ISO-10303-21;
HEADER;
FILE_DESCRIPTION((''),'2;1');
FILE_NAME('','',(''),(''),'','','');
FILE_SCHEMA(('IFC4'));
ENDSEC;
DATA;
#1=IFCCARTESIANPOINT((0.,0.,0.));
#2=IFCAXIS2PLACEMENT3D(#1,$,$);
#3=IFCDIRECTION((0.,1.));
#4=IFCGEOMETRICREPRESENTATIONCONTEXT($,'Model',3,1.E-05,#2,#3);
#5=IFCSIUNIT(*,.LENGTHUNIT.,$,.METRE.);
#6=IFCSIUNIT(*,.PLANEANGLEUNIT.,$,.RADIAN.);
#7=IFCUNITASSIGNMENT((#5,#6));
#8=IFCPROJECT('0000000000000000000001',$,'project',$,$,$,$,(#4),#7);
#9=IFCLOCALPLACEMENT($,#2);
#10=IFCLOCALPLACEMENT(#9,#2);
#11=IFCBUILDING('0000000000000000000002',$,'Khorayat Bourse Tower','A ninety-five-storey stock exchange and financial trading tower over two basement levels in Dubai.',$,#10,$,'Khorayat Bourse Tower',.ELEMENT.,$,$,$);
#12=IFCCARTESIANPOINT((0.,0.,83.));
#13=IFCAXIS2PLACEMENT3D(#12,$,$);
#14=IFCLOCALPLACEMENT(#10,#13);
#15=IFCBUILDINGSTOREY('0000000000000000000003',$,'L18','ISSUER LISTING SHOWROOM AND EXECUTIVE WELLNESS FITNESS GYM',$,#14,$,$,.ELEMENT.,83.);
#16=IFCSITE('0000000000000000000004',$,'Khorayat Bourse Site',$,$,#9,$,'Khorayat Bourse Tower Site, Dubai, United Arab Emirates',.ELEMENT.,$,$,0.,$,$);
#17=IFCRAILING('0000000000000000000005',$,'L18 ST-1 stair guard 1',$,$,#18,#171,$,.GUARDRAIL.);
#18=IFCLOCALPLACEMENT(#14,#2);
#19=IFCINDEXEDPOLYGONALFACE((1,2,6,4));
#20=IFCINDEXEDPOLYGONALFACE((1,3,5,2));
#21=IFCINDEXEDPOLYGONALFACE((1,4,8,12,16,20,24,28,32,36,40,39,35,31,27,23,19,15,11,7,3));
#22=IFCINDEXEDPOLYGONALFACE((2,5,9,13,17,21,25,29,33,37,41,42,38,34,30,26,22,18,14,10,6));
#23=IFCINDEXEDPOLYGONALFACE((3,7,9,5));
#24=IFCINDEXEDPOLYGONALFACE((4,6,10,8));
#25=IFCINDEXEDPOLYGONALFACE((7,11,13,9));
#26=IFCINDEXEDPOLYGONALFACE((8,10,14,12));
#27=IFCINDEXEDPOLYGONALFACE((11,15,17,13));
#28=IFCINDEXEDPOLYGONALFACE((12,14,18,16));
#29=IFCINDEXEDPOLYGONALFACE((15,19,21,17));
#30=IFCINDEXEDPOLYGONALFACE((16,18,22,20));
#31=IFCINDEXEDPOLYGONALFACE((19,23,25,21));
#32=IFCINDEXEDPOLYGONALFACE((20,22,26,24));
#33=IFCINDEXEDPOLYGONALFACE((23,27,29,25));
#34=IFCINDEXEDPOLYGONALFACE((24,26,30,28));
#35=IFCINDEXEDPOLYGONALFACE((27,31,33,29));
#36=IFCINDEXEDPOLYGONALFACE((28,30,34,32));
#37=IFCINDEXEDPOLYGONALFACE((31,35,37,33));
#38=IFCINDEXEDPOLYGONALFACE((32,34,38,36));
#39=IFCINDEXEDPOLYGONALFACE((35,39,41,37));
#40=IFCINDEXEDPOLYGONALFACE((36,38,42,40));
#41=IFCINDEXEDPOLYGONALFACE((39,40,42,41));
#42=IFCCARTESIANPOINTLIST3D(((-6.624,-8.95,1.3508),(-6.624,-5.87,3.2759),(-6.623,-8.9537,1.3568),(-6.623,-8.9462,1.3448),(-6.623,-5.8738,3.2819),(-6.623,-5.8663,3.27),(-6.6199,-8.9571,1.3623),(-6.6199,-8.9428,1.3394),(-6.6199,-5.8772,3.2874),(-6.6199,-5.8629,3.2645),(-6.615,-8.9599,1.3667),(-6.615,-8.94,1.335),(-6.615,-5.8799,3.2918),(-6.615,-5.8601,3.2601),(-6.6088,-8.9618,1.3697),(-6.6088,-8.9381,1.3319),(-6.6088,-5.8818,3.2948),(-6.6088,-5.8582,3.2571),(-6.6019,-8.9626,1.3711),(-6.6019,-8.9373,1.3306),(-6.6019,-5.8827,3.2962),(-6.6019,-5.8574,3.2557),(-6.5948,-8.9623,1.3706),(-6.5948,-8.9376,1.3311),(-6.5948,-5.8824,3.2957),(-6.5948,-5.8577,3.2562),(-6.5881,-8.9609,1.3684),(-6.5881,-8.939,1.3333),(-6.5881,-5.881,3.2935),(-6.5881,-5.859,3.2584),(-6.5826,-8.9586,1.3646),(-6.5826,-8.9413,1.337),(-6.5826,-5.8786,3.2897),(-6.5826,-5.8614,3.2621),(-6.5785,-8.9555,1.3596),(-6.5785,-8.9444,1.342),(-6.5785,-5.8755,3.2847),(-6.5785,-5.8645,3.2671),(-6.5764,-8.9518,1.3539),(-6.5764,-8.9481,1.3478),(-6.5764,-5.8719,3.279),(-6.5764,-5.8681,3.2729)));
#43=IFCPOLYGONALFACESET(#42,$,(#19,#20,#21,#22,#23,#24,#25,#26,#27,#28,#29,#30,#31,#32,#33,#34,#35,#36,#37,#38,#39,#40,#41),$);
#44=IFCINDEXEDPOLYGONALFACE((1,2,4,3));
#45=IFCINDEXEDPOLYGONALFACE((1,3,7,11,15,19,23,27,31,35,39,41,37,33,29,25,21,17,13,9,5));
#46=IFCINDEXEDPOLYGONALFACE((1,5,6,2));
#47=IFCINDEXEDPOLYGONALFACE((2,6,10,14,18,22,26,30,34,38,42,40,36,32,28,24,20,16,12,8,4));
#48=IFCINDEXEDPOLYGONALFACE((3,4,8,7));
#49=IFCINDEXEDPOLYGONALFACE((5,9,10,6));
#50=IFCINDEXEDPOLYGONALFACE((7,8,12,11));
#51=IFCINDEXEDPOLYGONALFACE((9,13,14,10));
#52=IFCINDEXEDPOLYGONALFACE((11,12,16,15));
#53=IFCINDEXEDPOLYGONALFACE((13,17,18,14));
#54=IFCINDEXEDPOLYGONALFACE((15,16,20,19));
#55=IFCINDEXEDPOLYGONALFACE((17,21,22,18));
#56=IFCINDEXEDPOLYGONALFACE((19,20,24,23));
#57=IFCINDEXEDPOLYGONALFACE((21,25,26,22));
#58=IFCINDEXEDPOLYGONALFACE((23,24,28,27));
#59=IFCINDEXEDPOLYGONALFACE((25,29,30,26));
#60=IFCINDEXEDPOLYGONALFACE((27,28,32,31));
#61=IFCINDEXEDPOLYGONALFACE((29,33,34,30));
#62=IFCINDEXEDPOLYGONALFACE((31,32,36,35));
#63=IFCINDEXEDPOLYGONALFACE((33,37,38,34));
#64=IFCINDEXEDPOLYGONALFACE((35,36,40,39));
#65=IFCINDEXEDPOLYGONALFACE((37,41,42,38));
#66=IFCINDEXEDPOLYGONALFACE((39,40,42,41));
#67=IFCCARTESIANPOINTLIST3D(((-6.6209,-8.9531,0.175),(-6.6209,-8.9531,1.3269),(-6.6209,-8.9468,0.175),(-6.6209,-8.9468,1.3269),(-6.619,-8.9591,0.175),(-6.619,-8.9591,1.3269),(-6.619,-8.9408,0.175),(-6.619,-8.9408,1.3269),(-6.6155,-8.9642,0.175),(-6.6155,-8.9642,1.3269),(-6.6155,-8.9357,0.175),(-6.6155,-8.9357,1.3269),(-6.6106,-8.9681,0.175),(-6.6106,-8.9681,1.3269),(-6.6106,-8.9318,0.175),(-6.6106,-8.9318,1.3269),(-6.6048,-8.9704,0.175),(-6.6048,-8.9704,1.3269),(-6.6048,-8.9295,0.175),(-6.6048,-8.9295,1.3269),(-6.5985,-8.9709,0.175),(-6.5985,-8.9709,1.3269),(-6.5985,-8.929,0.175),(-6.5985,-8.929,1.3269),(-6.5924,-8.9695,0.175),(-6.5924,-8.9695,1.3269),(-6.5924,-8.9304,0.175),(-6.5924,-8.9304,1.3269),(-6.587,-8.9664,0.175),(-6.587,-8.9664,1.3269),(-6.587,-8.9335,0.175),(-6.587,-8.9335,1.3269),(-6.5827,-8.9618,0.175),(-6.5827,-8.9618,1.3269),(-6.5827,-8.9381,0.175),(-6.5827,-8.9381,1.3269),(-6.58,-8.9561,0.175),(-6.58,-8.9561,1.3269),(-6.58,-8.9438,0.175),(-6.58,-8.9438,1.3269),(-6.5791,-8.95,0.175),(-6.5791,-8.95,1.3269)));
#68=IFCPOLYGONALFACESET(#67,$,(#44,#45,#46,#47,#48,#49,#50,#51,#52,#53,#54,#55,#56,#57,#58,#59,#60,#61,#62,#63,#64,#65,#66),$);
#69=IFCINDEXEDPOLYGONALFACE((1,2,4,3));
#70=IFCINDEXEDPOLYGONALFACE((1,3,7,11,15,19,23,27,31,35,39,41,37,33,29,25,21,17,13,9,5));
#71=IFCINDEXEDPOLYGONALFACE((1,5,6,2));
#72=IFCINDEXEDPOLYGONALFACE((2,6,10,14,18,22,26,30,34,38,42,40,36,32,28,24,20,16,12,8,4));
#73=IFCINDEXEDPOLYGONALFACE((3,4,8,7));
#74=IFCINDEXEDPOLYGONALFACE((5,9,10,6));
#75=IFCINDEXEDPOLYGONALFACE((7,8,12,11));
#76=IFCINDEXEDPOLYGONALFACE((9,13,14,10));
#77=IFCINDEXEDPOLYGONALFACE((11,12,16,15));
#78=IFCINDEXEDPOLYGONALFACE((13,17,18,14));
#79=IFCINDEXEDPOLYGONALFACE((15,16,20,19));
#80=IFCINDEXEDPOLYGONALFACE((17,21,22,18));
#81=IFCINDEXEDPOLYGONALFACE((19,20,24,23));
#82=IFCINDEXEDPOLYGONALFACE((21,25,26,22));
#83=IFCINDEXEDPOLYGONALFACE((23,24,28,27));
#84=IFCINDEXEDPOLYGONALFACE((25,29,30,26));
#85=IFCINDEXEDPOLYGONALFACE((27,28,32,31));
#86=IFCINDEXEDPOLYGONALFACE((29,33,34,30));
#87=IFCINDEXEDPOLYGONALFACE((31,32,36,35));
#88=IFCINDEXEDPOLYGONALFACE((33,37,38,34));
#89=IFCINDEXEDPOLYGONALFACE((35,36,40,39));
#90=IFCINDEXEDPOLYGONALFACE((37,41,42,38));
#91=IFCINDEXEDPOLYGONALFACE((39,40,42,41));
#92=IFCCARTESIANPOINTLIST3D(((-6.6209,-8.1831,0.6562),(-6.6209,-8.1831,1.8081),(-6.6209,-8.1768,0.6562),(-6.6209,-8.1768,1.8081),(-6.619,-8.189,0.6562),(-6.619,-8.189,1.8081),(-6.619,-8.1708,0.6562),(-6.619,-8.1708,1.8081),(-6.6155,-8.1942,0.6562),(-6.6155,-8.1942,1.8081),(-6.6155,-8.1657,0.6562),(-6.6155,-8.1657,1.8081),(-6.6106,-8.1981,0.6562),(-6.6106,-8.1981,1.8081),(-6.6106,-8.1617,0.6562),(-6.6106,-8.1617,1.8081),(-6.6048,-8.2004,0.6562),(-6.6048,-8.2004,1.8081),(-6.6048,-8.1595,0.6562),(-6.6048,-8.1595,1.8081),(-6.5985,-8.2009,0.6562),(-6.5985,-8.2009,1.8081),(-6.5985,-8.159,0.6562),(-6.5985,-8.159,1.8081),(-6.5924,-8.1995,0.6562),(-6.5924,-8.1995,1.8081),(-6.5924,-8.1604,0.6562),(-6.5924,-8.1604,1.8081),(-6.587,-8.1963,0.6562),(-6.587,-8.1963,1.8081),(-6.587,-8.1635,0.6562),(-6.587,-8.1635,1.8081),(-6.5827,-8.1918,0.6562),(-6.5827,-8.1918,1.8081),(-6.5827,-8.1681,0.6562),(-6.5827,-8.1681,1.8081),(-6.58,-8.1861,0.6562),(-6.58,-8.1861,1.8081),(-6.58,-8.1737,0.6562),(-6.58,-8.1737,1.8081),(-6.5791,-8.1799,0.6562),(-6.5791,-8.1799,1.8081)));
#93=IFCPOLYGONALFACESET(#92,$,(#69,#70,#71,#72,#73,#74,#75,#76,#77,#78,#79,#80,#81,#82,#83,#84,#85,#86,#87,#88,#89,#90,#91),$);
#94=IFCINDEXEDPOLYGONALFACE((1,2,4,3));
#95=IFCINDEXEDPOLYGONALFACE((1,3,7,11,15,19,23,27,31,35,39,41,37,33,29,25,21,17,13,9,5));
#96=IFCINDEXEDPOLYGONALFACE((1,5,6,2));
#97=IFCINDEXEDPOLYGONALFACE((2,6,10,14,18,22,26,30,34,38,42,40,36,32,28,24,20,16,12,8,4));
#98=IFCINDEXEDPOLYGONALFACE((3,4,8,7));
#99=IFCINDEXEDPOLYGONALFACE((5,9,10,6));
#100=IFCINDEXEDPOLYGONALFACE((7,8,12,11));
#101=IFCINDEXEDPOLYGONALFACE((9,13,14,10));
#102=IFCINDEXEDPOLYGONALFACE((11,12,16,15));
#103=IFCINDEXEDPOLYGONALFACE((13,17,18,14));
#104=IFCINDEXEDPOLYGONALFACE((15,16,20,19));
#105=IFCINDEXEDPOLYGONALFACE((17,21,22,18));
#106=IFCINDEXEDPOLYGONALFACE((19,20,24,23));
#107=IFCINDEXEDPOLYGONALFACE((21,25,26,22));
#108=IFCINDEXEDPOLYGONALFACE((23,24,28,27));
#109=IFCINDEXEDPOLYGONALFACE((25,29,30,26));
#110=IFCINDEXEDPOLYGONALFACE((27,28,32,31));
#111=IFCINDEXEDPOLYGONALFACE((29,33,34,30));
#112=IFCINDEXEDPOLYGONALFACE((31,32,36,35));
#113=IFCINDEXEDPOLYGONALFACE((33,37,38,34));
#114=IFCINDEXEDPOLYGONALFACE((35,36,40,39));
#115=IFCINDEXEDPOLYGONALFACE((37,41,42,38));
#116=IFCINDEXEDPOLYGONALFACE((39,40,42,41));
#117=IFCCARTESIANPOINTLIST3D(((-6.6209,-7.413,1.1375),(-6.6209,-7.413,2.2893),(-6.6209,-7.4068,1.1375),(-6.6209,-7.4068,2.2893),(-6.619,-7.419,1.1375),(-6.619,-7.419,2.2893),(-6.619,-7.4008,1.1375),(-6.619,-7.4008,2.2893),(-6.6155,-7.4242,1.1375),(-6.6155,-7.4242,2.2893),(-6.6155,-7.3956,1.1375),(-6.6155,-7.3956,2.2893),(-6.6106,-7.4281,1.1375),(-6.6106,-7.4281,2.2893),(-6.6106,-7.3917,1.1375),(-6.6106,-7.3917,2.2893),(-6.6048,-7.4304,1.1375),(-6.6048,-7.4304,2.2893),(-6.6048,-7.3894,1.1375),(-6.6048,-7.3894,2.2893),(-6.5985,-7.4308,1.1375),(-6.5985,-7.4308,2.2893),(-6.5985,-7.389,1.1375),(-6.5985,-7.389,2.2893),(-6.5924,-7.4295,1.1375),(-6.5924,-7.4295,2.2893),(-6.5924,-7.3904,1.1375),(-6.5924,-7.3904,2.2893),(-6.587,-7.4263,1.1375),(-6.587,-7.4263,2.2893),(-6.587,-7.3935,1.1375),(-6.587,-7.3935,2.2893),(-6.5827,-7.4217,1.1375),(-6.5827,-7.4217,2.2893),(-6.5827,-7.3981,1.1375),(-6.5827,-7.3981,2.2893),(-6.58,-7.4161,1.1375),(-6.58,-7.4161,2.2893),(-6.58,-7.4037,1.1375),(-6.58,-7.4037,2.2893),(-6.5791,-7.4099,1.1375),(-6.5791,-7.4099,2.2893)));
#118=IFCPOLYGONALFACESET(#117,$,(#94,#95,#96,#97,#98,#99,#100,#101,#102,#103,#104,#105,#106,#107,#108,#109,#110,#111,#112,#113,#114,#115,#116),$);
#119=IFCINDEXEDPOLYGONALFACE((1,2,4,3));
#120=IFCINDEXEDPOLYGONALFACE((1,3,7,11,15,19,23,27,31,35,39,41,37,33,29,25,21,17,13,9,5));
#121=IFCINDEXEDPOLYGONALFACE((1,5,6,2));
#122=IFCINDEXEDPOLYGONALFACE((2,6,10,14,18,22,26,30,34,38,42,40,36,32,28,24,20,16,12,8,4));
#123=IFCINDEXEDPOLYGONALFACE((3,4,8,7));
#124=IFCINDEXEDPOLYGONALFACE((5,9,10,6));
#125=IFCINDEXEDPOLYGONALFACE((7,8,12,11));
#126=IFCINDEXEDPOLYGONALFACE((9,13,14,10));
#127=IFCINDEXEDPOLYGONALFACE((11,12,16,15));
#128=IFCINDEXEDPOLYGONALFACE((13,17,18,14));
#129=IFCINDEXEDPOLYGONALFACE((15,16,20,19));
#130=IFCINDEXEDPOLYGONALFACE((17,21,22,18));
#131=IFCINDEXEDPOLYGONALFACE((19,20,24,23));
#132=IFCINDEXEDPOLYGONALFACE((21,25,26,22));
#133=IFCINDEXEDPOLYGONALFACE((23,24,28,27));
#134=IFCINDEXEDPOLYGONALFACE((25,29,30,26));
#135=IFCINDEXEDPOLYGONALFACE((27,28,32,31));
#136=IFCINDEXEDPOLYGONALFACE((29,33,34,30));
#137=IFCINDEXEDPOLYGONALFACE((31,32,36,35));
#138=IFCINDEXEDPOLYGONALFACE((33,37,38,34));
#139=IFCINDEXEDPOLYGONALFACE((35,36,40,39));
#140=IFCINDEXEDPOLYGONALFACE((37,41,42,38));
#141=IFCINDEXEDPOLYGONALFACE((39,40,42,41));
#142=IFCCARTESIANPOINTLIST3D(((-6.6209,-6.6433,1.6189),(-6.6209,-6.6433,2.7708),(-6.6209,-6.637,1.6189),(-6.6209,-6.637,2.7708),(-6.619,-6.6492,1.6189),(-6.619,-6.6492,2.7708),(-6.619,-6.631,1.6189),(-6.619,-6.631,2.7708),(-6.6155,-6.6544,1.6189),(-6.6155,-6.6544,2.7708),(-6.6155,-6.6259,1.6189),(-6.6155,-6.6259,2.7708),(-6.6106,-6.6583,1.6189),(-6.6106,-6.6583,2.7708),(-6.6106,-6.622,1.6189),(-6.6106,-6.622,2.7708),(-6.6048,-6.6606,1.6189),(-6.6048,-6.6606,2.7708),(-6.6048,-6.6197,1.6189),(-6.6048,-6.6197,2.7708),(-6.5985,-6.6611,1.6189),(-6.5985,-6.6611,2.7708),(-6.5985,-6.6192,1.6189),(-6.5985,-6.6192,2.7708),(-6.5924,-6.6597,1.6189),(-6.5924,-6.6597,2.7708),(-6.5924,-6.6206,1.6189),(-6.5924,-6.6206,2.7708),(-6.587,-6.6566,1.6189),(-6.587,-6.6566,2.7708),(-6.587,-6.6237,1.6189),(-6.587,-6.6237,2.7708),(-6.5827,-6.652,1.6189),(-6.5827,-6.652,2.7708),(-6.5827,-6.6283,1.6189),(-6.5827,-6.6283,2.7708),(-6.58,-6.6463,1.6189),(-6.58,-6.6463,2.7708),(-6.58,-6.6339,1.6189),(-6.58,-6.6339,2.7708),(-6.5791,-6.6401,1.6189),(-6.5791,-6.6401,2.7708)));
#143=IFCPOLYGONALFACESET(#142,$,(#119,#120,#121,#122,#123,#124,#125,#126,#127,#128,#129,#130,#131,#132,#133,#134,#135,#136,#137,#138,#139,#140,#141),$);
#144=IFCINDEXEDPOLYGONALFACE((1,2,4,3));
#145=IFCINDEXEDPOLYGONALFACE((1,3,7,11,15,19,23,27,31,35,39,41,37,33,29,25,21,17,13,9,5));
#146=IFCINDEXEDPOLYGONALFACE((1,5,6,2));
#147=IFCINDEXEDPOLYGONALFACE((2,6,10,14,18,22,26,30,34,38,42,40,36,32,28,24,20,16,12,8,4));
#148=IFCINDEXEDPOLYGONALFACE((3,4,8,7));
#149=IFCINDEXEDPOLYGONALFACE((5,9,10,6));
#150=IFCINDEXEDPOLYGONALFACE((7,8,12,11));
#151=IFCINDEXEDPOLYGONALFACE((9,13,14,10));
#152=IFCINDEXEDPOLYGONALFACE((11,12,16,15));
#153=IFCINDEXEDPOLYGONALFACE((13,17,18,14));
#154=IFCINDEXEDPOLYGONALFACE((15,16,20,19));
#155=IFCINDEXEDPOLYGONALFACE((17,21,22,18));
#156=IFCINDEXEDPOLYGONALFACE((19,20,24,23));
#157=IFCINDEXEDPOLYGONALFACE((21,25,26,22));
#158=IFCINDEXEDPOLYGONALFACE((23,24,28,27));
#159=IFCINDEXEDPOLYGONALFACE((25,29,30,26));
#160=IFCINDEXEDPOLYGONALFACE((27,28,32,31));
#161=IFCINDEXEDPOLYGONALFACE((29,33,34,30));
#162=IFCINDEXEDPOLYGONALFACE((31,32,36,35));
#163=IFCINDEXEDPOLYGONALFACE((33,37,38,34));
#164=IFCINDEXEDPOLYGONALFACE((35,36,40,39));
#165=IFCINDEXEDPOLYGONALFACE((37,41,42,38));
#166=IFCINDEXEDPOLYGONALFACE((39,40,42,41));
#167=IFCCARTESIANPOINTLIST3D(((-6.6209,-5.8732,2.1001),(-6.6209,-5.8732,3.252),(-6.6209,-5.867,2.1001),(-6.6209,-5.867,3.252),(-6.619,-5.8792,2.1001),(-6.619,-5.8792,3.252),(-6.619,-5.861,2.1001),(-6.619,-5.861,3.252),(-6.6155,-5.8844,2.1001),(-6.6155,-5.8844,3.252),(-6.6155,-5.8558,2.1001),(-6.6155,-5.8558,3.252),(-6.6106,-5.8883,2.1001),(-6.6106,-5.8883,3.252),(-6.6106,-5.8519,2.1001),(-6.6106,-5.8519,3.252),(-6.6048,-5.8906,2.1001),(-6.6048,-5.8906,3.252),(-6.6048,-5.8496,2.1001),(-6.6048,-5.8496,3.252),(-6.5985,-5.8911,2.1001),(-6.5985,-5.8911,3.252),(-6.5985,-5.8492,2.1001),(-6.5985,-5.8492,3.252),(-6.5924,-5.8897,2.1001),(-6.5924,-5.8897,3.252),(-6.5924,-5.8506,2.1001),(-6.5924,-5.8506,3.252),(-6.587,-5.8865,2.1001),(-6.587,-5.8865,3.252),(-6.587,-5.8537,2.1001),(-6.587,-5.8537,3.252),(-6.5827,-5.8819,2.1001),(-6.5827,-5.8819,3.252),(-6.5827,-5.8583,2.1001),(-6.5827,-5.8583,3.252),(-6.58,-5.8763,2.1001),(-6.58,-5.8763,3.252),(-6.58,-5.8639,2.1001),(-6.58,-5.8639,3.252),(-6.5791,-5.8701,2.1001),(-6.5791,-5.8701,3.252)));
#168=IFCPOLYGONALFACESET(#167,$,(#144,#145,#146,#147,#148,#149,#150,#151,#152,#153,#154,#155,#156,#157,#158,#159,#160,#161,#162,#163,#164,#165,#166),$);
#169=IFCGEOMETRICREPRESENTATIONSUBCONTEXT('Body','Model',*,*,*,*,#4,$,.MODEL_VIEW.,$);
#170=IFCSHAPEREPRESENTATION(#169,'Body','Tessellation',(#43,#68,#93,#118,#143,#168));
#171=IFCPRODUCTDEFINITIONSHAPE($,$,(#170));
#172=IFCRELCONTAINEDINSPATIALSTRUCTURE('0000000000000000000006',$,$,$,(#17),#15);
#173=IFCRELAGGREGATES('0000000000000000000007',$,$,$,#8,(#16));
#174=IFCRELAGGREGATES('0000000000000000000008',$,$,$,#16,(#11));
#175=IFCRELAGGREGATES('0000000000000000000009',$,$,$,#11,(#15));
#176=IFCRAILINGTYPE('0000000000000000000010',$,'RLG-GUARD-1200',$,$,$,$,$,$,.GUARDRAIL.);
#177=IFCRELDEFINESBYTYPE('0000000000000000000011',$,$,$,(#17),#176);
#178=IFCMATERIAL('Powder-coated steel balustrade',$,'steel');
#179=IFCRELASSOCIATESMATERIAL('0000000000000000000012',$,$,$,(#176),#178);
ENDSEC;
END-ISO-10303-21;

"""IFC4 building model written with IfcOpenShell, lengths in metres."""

from ifc_helpers import new_model, si_unit, direction, frame, origin, origin_2d, place, context, subcontext, project, spatial, circle, extrude, source, transform, mapped, material, type_object, element, save


model = new_model("IFC4")

# Units and contexts
model_context = context("Model", 3, precision=1e-05, world=origin(), true_north=direction((0.0, 1.0)))
body_context = subcontext(model_context, "Body", "Model", "MODEL_VIEW")
ifc_project = project(units=[si_unit("LENGTHUNIT", "METRE"), si_unit("PLANEANGLEUNIT", "RADIAN")], contexts=[model_context])

# Site, building, storey
site_placement = place(None, origin())
site = spatial("IfcSite", under=ifc_project, at=site_placement, Name="Khorayat Bourse Site", LongName="Khorayat Bourse Tower Site, Dubai, United Arab Emirates", CompositionType="ELEMENT", RefElevation=0.0)
building_placement = place(site_placement, origin())
building = spatial("IfcBuilding", under=site, at=building_placement, Name="Khorayat Bourse Tower", Description="A ninety-five-storey stock exchange and financial trading tower over two basement levels in Dubai.", LongName="Khorayat Bourse Tower", CompositionType="ELEMENT")
storey_placement = place(building_placement, frame((0.0, 0.0, 83.0)))
storey = spatial("IfcBuildingStorey", under=building, at=storey_placement, Name="L18", Description="ISSUER LISTING SHOWROOM AND EXECUTIVE WELLNESS FITNESS GYM", CompositionType="ELEMENT", Elevation=83.0)

# Railing
ifc_material_1 = material(Name="Powder-coated steel balustrade", Category="steel")
railing_type_1 = type_object("IfcRailingType", Name="RLG-GUARD-1200", PredefinedType="GUARDRAIL", material=ifc_material_1)
shared_shape_1 = source(origin(), body_context, "Body", "SweptSolid", [
    extrude(circle(Radius=0.0239, at=origin_2d()), frame((0.0, 0.0, 1.1758), z_axis=(0.0, 0.847979, 0.530029), x_axis=(-1.0, 0.0, 0.0)), (0.0, 0.0, 1.0), 3.6321),
    extrude(circle(Radius=0.021, at=origin_2d()), origin(), (0.0, 0.0, 1.0), 1.1519),
    extrude(circle(Radius=0.021, at=origin_2d()), frame((0.0, 0.77, 0.4812)), (0.0, 0.0, 1.0), 1.1519),
    extrude(circle(Radius=0.021, at=origin_2d()), frame((0.0, 1.54, 0.9624)), (0.0, 0.0, 1.0), 1.1519),
    extrude(circle(Radius=0.021, at=origin_2d()), frame((0.0, 2.3098, 1.4438)), (0.0, 0.0, 1.0), 1.1519),
    extrude(circle(Radius=0.021, at=origin_2d()), frame((0.0, 3.0798, 1.925)), (0.0, 0.0, 1.0), 1.1519),
])
railing_1_placement = place(storey_placement, frame((-6.6001, -8.95, 0.175)))
element("IfcRailing", 1, at=railing_1_placement, inside=storey, type_object=railing_type_1, Name="L18 ST-1 stair guard 1", PredefinedType="GUARDRAIL", context=body_context, shape_type="MappedRepresentation", body=[
    mapped(shared_shape_1, transform((0.0, 0.0, 0.0), scale=1.0)),
])

save(model, "model.ifc")
